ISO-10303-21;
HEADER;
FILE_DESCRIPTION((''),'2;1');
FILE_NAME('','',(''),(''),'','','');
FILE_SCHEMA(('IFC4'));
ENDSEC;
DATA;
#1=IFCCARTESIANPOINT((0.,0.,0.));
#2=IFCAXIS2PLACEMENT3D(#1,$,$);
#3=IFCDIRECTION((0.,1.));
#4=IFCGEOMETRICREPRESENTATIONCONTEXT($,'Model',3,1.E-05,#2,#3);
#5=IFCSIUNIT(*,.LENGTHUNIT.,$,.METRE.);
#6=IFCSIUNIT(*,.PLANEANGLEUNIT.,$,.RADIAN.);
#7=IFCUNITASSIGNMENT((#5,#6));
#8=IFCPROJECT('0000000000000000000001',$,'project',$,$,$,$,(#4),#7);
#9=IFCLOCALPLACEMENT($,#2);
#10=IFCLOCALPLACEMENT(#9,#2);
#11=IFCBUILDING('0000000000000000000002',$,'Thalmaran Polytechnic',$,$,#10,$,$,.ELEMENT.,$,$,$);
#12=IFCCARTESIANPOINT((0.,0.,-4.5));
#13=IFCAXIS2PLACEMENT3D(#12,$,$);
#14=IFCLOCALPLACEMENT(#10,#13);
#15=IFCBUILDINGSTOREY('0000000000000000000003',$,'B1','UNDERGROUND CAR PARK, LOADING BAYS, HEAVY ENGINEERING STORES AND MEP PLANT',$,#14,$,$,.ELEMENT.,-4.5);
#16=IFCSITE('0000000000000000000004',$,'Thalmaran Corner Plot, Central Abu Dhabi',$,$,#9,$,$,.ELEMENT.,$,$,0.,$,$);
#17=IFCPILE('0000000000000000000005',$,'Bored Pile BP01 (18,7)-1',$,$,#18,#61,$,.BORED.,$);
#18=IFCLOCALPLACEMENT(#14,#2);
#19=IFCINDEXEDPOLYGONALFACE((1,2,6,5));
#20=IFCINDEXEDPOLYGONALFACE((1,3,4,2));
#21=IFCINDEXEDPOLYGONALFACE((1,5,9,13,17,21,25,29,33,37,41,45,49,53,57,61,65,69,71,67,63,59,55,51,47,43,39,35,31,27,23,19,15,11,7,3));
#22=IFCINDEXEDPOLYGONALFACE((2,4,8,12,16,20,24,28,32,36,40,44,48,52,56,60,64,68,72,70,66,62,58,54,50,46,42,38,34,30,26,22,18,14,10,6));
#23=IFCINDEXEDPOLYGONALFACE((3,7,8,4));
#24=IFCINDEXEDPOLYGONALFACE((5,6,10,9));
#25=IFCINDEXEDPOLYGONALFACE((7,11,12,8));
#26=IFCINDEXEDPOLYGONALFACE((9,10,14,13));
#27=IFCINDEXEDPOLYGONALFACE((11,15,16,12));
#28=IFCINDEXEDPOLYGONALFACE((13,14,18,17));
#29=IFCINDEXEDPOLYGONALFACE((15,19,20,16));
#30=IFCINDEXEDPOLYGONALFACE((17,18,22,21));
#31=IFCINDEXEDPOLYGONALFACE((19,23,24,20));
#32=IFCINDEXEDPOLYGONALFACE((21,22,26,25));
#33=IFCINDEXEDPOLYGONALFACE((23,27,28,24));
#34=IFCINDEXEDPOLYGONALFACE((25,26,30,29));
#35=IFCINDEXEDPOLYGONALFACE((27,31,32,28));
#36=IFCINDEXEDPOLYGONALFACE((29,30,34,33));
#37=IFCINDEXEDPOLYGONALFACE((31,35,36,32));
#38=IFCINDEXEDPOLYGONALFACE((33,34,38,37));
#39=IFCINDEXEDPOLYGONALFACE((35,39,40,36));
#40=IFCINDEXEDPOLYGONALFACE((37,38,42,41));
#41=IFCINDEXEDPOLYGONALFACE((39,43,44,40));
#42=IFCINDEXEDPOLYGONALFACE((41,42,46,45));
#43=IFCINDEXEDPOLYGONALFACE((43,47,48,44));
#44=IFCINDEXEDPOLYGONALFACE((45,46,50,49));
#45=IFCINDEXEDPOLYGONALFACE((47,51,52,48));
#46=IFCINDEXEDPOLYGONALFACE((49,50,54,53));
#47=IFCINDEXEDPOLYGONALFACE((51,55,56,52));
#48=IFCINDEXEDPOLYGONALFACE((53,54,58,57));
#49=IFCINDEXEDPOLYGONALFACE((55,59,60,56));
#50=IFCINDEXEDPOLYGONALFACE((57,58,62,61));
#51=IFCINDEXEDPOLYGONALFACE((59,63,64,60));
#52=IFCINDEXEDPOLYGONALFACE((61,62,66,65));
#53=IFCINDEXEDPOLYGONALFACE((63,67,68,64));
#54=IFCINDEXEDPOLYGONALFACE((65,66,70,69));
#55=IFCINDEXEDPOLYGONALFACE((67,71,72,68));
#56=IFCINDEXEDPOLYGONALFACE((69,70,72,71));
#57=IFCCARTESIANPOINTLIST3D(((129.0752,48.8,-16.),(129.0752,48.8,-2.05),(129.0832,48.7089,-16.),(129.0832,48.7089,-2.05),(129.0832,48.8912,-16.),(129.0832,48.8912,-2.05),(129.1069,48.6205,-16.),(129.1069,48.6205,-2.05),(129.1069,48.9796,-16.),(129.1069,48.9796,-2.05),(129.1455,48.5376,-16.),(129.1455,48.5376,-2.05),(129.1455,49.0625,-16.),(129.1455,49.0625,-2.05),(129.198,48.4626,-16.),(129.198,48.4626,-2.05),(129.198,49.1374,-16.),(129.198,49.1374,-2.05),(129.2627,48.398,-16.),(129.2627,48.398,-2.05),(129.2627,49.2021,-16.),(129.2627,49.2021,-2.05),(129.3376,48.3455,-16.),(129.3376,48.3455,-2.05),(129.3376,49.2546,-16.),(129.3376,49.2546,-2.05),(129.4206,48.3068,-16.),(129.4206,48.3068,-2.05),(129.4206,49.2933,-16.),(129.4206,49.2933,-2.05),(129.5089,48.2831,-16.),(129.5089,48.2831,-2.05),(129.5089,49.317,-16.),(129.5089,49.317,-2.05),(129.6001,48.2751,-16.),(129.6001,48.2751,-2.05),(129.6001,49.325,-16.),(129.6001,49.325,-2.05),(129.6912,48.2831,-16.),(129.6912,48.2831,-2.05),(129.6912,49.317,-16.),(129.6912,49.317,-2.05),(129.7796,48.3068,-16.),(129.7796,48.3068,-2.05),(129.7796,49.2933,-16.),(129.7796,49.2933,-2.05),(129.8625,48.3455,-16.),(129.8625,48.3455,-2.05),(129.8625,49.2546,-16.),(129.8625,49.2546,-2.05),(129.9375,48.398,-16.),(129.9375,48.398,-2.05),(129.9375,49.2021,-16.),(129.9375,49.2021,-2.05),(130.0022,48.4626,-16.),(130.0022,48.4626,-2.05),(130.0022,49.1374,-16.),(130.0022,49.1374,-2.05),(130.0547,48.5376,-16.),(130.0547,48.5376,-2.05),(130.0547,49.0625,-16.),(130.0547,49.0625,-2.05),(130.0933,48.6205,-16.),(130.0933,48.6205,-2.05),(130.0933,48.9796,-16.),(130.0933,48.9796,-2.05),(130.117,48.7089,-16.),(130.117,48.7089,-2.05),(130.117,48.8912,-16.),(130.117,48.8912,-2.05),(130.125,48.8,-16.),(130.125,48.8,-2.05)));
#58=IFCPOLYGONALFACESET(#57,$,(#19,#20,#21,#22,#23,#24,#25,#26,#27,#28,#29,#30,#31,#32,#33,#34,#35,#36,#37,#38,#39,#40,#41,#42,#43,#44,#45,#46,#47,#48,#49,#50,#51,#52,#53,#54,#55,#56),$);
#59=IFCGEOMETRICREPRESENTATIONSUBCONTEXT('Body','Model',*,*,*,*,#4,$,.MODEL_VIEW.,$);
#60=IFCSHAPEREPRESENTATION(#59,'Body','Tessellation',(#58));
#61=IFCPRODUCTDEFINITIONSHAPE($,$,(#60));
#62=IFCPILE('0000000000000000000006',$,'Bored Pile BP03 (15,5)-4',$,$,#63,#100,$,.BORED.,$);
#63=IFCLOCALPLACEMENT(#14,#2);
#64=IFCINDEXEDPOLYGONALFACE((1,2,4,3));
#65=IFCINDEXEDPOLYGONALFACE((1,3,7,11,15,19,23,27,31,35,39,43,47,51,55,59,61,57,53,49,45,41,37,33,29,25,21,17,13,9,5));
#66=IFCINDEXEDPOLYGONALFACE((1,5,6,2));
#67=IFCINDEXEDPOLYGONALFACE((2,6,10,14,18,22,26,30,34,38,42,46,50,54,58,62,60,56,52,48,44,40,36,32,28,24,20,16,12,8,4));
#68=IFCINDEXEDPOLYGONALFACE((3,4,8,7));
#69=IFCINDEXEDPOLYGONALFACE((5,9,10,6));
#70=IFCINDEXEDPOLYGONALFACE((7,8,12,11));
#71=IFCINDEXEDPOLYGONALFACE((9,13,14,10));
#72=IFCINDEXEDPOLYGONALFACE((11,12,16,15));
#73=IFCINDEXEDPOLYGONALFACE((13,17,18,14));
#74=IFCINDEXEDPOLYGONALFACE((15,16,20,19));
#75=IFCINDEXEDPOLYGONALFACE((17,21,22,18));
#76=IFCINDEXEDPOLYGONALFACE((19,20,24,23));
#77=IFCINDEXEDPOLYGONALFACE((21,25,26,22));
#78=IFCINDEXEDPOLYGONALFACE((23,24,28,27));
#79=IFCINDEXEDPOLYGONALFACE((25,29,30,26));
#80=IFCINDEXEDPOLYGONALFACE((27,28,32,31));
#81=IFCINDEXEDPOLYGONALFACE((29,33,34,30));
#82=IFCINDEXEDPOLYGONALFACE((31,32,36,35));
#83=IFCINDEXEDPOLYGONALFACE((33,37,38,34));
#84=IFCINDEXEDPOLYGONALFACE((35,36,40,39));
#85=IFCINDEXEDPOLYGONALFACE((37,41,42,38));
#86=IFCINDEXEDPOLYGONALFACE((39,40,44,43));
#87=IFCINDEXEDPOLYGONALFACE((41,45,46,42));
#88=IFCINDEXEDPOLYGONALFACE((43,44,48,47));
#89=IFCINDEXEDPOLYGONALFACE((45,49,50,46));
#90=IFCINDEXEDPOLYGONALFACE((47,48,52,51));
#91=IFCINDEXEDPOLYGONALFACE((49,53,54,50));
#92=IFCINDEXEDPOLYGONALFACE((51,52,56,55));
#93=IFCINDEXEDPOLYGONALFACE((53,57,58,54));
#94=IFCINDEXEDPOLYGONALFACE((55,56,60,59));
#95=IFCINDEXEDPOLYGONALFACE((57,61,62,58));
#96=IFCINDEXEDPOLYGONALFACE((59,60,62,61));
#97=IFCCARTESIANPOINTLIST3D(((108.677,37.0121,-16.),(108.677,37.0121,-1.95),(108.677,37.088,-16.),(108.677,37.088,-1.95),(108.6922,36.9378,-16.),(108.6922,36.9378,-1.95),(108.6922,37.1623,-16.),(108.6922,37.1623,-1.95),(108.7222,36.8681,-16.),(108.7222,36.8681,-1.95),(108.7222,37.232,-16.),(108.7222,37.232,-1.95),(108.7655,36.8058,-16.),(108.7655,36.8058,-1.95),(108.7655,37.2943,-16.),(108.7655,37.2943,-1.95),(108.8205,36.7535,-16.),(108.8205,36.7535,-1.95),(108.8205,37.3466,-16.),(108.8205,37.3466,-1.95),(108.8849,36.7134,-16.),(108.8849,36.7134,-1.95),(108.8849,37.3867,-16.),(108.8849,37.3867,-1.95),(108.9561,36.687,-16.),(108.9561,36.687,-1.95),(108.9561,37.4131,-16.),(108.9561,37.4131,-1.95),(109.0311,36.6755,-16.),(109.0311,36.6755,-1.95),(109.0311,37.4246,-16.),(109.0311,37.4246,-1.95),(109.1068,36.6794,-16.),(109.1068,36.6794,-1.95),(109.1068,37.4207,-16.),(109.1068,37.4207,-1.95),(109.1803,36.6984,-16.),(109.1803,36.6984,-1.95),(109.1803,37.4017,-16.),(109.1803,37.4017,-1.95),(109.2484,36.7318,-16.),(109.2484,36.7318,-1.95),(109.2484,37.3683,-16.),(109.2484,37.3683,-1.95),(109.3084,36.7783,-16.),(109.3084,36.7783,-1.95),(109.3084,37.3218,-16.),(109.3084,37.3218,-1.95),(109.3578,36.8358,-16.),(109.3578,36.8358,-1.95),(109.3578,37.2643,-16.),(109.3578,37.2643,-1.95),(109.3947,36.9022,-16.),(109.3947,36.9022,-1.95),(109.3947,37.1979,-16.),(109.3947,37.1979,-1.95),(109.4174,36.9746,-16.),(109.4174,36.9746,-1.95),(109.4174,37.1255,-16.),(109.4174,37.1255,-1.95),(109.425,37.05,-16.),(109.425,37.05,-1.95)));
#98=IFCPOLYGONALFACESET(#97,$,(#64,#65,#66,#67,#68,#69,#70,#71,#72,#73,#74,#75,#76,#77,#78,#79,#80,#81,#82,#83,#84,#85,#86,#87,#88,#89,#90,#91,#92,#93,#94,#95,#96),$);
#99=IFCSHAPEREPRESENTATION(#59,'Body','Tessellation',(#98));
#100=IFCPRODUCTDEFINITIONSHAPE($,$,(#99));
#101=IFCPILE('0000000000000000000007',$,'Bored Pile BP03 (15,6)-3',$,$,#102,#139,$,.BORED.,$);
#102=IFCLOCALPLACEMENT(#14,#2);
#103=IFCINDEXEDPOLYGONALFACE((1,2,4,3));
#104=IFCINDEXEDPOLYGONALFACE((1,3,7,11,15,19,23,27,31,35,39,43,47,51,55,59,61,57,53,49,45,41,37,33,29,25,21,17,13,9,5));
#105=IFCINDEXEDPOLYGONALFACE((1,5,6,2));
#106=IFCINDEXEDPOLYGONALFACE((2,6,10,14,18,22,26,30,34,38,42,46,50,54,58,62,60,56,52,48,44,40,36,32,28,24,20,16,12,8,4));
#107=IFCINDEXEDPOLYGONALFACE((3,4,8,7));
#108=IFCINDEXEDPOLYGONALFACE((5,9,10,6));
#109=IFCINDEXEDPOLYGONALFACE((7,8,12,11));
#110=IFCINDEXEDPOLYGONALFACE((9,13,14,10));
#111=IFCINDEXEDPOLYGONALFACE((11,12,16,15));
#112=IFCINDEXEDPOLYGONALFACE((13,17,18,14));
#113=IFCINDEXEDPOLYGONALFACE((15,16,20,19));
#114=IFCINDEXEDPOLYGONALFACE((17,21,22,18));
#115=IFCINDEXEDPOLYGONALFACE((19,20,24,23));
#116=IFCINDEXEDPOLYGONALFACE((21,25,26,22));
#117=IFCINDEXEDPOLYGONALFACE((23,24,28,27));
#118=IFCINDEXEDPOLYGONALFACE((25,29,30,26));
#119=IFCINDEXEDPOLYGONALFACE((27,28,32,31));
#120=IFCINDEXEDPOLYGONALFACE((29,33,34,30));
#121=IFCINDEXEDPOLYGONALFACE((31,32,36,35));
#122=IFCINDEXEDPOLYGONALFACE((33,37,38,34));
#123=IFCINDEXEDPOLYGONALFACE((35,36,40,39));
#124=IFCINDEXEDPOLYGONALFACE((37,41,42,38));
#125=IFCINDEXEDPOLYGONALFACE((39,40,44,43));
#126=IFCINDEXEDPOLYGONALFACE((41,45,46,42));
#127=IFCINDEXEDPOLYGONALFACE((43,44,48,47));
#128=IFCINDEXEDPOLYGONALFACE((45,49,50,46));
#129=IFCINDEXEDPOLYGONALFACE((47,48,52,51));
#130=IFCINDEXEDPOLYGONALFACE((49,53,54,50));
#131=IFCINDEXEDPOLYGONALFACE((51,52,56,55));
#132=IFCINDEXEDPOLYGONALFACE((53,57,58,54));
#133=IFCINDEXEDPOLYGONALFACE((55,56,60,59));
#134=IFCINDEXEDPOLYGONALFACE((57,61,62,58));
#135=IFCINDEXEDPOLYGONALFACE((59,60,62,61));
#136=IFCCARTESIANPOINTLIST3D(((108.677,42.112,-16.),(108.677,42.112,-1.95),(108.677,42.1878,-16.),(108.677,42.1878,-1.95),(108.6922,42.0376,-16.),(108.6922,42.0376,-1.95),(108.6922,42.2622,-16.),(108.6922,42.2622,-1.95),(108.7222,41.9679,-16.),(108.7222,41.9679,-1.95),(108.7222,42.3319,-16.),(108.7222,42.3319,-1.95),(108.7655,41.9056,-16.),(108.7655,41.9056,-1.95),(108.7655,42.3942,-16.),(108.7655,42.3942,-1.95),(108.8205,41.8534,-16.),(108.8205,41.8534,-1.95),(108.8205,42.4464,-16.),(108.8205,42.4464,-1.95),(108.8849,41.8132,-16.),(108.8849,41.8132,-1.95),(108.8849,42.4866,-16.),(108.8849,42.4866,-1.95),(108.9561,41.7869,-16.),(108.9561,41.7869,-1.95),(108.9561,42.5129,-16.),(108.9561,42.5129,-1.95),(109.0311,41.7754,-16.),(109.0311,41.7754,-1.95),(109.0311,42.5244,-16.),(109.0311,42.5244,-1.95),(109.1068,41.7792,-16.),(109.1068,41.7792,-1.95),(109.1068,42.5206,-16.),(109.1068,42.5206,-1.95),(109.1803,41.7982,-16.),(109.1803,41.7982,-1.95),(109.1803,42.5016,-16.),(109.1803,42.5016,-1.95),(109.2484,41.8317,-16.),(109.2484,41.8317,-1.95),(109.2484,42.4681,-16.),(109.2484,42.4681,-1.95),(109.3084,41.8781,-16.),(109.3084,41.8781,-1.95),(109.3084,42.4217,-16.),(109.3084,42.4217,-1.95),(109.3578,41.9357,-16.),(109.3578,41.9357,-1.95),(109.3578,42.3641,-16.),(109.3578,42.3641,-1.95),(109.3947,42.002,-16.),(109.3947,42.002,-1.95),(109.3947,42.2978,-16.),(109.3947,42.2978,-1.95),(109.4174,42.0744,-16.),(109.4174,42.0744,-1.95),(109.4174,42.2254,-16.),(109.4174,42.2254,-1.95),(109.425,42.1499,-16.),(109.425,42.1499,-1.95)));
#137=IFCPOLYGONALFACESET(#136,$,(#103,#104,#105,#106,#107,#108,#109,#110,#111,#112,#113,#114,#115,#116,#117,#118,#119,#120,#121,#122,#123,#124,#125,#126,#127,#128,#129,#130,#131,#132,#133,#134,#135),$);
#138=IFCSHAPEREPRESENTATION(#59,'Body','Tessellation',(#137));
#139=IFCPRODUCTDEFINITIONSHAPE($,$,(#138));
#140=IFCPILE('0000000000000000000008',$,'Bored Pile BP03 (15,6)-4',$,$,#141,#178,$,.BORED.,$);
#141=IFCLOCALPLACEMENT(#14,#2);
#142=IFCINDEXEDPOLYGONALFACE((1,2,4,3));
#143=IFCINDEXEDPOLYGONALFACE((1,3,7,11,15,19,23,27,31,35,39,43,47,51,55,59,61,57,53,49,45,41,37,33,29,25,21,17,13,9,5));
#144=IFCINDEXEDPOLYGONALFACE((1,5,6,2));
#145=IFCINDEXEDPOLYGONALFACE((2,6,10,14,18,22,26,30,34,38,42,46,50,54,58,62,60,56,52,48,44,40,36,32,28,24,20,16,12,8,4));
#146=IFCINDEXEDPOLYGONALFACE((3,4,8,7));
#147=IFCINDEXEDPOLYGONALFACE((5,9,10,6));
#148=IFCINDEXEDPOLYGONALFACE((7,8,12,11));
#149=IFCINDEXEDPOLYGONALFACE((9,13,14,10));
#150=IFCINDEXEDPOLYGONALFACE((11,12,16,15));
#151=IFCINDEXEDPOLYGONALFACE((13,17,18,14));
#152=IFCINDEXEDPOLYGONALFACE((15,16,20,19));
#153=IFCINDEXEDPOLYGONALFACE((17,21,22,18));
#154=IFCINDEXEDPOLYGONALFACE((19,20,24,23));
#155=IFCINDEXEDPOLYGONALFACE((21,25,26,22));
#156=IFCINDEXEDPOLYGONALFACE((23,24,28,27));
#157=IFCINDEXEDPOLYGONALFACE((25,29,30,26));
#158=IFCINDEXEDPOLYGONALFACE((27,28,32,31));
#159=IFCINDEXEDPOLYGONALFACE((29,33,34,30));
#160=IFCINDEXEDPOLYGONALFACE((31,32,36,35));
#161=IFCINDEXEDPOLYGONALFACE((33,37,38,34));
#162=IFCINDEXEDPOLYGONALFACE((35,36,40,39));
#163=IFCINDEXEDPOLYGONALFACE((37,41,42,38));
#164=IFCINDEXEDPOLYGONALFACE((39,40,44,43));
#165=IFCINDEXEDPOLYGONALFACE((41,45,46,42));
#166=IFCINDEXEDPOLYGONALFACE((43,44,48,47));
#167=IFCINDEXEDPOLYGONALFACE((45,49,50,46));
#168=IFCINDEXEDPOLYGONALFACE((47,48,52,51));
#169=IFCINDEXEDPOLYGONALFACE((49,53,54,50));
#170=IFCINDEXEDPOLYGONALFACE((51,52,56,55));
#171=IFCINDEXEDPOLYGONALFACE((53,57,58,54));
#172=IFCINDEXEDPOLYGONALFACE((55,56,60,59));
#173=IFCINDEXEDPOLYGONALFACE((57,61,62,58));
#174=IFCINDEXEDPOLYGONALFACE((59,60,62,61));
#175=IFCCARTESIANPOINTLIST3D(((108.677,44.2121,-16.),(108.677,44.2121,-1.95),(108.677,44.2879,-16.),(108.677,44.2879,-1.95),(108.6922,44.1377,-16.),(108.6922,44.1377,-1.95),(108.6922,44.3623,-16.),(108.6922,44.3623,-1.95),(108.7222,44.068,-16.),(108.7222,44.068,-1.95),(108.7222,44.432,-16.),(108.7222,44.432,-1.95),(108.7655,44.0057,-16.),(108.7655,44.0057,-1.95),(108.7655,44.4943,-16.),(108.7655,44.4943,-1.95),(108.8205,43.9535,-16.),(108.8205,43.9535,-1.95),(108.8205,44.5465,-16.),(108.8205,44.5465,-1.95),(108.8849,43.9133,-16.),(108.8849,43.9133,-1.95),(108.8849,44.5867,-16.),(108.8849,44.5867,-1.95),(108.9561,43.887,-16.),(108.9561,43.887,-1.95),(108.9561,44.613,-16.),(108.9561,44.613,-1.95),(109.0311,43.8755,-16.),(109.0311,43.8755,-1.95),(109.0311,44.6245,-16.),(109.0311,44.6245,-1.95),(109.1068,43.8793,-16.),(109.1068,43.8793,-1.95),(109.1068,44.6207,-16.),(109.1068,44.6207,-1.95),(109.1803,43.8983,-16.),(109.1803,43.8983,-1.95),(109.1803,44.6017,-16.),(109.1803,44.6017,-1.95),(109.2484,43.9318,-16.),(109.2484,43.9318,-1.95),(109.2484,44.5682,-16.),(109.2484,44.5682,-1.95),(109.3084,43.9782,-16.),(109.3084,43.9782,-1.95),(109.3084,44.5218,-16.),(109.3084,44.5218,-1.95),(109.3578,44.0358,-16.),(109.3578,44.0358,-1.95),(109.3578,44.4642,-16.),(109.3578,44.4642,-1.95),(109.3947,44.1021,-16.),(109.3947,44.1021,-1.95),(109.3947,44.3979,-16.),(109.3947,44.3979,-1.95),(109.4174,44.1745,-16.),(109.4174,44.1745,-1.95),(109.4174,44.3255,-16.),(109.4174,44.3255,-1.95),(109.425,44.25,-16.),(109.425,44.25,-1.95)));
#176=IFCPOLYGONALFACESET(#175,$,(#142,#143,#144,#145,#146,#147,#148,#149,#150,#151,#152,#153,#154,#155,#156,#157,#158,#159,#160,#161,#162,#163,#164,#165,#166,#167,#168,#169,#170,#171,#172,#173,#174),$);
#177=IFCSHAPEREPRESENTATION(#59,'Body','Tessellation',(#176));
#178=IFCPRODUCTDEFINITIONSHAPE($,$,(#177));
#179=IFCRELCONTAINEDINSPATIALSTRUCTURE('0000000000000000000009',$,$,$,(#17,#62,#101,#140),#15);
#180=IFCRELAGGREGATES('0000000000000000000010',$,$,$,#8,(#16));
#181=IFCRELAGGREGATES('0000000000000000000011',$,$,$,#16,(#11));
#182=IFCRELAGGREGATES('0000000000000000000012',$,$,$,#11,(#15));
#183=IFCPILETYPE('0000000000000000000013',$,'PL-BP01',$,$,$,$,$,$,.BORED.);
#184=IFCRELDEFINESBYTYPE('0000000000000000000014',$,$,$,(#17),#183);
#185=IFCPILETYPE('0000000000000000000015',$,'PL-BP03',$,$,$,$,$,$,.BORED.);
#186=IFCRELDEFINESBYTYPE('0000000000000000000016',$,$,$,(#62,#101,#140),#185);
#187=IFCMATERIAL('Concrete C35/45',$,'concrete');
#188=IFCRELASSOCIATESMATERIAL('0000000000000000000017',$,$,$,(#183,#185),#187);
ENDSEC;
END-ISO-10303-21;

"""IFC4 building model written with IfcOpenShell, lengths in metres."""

from ifc_helpers import new_model, si_unit, direction, frame, origin, origin_2d, place, context, subcontext, project, spatial, circle, extrude, material, material_profile, profile_set, type_object, element, save


model = new_model("IFC4")

# Units and contexts
model_context = context("Model", 3, precision=1e-05, world=origin(), true_north=direction((0.0, 1.0)))
body_context = subcontext(model_context, "Body", "Model", "MODEL_VIEW")
ifc_project = project(units=[si_unit("LENGTHUNIT", "METRE"), si_unit("PLANEANGLEUNIT", "RADIAN")], contexts=[model_context])

# Site, building, storey
site_placement = place(None, origin())
site = spatial("IfcSite", under=ifc_project, at=site_placement, Name="Thalmaran Corner Plot, Central Abu Dhabi", CompositionType="ELEMENT", RefElevation=0.0)
building_placement = place(site_placement, origin())
building = spatial("IfcBuilding", under=site, at=building_placement, Name="Thalmaran Polytechnic", CompositionType="ELEMENT")
storey_placement = place(building_placement, frame((0.0, 0.0, -4.5)))
storey = spatial("IfcBuildingStorey", under=building, at=storey_placement, Name="B1", Description="UNDERGROUND CAR PARK, LOADING BAYS, HEAVY ENGINEERING STORES AND MEP PLANT", CompositionType="ELEMENT", Elevation=-4.5)

# Piles
ifc_material_1 = material(Name="Concrete C35/45", Category="concrete")
ifc_material_profile_1 = material_profile(ifc_material_1, circle(Radius=0.5249, at=origin_2d()), Name="RC 1050 DIA")
ifc_profile_set_1 = profile_set([ifc_material_profile_1], Name="Concrete C35/45")
pile_type_1 = type_object("IfcPileType", Name="PL-BP01", PredefinedType="BORED", material=ifc_profile_set_1)
for number, where, z_axis, x_axis, name in (
    (1, (129.6001, 48.8, -2.05), (0.0, 0.0, -1.0), (1.0, 0.0, 0.0), "Bored Pile BP01 (18,7)-1"),
):
    element("IfcPile", number, at=place(storey_placement, frame(where, z_axis=z_axis, x_axis=x_axis)), inside=storey, type_object=pile_type_1, Name=name, PredefinedType="BORED", context=body_context, shape_type="SweptSolid", body=[
        extrude(circle(Radius=0.5249, at=origin_2d()), origin(), (0.0, 0.0, 1.0), 13.95),
    ])
ifc_material_profile_2 = material_profile(ifc_material_1, circle(Radius=0.375, at=origin_2d()), Name="RC 750 DIA")
ifc_profile_set_2 = profile_set([ifc_material_profile_2], Name="Concrete C35/45")
pile_type_2 = type_object("IfcPileType", Name="PL-BP03", PredefinedType="BORED", material=ifc_profile_set_2)
for number, where, z_axis, x_axis, name in (
    (2, (109.05, 37.05, -1.95), (0.0, 0.0, -1.0), (1.0, 0.0, 0.0), "Bored Pile BP03 (15,5)-4"),
    (3, (109.05, 42.1499, -1.95), (0.0, 0.0, -1.0), (1.0, 0.0, 0.0), "Bored Pile BP03 (15,6)-3"),
    (4, (109.05, 44.25, -1.95), (0.0, 0.0, -1.0), (1.0, 0.0, 0.0), "Bored Pile BP03 (15,6)-4"),
):
    element("IfcPile", number, at=place(storey_placement, frame(where, z_axis=z_axis, x_axis=x_axis)), inside=storey, type_object=pile_type_2, Name=name, PredefinedType="BORED", context=body_context, shape_type="SweptSolid", body=[
        extrude(circle(Radius=0.375, at=origin_2d()), origin(), (0.0, 0.0, 1.0), 14.05),
    ])

save(model, "model.ifc")
